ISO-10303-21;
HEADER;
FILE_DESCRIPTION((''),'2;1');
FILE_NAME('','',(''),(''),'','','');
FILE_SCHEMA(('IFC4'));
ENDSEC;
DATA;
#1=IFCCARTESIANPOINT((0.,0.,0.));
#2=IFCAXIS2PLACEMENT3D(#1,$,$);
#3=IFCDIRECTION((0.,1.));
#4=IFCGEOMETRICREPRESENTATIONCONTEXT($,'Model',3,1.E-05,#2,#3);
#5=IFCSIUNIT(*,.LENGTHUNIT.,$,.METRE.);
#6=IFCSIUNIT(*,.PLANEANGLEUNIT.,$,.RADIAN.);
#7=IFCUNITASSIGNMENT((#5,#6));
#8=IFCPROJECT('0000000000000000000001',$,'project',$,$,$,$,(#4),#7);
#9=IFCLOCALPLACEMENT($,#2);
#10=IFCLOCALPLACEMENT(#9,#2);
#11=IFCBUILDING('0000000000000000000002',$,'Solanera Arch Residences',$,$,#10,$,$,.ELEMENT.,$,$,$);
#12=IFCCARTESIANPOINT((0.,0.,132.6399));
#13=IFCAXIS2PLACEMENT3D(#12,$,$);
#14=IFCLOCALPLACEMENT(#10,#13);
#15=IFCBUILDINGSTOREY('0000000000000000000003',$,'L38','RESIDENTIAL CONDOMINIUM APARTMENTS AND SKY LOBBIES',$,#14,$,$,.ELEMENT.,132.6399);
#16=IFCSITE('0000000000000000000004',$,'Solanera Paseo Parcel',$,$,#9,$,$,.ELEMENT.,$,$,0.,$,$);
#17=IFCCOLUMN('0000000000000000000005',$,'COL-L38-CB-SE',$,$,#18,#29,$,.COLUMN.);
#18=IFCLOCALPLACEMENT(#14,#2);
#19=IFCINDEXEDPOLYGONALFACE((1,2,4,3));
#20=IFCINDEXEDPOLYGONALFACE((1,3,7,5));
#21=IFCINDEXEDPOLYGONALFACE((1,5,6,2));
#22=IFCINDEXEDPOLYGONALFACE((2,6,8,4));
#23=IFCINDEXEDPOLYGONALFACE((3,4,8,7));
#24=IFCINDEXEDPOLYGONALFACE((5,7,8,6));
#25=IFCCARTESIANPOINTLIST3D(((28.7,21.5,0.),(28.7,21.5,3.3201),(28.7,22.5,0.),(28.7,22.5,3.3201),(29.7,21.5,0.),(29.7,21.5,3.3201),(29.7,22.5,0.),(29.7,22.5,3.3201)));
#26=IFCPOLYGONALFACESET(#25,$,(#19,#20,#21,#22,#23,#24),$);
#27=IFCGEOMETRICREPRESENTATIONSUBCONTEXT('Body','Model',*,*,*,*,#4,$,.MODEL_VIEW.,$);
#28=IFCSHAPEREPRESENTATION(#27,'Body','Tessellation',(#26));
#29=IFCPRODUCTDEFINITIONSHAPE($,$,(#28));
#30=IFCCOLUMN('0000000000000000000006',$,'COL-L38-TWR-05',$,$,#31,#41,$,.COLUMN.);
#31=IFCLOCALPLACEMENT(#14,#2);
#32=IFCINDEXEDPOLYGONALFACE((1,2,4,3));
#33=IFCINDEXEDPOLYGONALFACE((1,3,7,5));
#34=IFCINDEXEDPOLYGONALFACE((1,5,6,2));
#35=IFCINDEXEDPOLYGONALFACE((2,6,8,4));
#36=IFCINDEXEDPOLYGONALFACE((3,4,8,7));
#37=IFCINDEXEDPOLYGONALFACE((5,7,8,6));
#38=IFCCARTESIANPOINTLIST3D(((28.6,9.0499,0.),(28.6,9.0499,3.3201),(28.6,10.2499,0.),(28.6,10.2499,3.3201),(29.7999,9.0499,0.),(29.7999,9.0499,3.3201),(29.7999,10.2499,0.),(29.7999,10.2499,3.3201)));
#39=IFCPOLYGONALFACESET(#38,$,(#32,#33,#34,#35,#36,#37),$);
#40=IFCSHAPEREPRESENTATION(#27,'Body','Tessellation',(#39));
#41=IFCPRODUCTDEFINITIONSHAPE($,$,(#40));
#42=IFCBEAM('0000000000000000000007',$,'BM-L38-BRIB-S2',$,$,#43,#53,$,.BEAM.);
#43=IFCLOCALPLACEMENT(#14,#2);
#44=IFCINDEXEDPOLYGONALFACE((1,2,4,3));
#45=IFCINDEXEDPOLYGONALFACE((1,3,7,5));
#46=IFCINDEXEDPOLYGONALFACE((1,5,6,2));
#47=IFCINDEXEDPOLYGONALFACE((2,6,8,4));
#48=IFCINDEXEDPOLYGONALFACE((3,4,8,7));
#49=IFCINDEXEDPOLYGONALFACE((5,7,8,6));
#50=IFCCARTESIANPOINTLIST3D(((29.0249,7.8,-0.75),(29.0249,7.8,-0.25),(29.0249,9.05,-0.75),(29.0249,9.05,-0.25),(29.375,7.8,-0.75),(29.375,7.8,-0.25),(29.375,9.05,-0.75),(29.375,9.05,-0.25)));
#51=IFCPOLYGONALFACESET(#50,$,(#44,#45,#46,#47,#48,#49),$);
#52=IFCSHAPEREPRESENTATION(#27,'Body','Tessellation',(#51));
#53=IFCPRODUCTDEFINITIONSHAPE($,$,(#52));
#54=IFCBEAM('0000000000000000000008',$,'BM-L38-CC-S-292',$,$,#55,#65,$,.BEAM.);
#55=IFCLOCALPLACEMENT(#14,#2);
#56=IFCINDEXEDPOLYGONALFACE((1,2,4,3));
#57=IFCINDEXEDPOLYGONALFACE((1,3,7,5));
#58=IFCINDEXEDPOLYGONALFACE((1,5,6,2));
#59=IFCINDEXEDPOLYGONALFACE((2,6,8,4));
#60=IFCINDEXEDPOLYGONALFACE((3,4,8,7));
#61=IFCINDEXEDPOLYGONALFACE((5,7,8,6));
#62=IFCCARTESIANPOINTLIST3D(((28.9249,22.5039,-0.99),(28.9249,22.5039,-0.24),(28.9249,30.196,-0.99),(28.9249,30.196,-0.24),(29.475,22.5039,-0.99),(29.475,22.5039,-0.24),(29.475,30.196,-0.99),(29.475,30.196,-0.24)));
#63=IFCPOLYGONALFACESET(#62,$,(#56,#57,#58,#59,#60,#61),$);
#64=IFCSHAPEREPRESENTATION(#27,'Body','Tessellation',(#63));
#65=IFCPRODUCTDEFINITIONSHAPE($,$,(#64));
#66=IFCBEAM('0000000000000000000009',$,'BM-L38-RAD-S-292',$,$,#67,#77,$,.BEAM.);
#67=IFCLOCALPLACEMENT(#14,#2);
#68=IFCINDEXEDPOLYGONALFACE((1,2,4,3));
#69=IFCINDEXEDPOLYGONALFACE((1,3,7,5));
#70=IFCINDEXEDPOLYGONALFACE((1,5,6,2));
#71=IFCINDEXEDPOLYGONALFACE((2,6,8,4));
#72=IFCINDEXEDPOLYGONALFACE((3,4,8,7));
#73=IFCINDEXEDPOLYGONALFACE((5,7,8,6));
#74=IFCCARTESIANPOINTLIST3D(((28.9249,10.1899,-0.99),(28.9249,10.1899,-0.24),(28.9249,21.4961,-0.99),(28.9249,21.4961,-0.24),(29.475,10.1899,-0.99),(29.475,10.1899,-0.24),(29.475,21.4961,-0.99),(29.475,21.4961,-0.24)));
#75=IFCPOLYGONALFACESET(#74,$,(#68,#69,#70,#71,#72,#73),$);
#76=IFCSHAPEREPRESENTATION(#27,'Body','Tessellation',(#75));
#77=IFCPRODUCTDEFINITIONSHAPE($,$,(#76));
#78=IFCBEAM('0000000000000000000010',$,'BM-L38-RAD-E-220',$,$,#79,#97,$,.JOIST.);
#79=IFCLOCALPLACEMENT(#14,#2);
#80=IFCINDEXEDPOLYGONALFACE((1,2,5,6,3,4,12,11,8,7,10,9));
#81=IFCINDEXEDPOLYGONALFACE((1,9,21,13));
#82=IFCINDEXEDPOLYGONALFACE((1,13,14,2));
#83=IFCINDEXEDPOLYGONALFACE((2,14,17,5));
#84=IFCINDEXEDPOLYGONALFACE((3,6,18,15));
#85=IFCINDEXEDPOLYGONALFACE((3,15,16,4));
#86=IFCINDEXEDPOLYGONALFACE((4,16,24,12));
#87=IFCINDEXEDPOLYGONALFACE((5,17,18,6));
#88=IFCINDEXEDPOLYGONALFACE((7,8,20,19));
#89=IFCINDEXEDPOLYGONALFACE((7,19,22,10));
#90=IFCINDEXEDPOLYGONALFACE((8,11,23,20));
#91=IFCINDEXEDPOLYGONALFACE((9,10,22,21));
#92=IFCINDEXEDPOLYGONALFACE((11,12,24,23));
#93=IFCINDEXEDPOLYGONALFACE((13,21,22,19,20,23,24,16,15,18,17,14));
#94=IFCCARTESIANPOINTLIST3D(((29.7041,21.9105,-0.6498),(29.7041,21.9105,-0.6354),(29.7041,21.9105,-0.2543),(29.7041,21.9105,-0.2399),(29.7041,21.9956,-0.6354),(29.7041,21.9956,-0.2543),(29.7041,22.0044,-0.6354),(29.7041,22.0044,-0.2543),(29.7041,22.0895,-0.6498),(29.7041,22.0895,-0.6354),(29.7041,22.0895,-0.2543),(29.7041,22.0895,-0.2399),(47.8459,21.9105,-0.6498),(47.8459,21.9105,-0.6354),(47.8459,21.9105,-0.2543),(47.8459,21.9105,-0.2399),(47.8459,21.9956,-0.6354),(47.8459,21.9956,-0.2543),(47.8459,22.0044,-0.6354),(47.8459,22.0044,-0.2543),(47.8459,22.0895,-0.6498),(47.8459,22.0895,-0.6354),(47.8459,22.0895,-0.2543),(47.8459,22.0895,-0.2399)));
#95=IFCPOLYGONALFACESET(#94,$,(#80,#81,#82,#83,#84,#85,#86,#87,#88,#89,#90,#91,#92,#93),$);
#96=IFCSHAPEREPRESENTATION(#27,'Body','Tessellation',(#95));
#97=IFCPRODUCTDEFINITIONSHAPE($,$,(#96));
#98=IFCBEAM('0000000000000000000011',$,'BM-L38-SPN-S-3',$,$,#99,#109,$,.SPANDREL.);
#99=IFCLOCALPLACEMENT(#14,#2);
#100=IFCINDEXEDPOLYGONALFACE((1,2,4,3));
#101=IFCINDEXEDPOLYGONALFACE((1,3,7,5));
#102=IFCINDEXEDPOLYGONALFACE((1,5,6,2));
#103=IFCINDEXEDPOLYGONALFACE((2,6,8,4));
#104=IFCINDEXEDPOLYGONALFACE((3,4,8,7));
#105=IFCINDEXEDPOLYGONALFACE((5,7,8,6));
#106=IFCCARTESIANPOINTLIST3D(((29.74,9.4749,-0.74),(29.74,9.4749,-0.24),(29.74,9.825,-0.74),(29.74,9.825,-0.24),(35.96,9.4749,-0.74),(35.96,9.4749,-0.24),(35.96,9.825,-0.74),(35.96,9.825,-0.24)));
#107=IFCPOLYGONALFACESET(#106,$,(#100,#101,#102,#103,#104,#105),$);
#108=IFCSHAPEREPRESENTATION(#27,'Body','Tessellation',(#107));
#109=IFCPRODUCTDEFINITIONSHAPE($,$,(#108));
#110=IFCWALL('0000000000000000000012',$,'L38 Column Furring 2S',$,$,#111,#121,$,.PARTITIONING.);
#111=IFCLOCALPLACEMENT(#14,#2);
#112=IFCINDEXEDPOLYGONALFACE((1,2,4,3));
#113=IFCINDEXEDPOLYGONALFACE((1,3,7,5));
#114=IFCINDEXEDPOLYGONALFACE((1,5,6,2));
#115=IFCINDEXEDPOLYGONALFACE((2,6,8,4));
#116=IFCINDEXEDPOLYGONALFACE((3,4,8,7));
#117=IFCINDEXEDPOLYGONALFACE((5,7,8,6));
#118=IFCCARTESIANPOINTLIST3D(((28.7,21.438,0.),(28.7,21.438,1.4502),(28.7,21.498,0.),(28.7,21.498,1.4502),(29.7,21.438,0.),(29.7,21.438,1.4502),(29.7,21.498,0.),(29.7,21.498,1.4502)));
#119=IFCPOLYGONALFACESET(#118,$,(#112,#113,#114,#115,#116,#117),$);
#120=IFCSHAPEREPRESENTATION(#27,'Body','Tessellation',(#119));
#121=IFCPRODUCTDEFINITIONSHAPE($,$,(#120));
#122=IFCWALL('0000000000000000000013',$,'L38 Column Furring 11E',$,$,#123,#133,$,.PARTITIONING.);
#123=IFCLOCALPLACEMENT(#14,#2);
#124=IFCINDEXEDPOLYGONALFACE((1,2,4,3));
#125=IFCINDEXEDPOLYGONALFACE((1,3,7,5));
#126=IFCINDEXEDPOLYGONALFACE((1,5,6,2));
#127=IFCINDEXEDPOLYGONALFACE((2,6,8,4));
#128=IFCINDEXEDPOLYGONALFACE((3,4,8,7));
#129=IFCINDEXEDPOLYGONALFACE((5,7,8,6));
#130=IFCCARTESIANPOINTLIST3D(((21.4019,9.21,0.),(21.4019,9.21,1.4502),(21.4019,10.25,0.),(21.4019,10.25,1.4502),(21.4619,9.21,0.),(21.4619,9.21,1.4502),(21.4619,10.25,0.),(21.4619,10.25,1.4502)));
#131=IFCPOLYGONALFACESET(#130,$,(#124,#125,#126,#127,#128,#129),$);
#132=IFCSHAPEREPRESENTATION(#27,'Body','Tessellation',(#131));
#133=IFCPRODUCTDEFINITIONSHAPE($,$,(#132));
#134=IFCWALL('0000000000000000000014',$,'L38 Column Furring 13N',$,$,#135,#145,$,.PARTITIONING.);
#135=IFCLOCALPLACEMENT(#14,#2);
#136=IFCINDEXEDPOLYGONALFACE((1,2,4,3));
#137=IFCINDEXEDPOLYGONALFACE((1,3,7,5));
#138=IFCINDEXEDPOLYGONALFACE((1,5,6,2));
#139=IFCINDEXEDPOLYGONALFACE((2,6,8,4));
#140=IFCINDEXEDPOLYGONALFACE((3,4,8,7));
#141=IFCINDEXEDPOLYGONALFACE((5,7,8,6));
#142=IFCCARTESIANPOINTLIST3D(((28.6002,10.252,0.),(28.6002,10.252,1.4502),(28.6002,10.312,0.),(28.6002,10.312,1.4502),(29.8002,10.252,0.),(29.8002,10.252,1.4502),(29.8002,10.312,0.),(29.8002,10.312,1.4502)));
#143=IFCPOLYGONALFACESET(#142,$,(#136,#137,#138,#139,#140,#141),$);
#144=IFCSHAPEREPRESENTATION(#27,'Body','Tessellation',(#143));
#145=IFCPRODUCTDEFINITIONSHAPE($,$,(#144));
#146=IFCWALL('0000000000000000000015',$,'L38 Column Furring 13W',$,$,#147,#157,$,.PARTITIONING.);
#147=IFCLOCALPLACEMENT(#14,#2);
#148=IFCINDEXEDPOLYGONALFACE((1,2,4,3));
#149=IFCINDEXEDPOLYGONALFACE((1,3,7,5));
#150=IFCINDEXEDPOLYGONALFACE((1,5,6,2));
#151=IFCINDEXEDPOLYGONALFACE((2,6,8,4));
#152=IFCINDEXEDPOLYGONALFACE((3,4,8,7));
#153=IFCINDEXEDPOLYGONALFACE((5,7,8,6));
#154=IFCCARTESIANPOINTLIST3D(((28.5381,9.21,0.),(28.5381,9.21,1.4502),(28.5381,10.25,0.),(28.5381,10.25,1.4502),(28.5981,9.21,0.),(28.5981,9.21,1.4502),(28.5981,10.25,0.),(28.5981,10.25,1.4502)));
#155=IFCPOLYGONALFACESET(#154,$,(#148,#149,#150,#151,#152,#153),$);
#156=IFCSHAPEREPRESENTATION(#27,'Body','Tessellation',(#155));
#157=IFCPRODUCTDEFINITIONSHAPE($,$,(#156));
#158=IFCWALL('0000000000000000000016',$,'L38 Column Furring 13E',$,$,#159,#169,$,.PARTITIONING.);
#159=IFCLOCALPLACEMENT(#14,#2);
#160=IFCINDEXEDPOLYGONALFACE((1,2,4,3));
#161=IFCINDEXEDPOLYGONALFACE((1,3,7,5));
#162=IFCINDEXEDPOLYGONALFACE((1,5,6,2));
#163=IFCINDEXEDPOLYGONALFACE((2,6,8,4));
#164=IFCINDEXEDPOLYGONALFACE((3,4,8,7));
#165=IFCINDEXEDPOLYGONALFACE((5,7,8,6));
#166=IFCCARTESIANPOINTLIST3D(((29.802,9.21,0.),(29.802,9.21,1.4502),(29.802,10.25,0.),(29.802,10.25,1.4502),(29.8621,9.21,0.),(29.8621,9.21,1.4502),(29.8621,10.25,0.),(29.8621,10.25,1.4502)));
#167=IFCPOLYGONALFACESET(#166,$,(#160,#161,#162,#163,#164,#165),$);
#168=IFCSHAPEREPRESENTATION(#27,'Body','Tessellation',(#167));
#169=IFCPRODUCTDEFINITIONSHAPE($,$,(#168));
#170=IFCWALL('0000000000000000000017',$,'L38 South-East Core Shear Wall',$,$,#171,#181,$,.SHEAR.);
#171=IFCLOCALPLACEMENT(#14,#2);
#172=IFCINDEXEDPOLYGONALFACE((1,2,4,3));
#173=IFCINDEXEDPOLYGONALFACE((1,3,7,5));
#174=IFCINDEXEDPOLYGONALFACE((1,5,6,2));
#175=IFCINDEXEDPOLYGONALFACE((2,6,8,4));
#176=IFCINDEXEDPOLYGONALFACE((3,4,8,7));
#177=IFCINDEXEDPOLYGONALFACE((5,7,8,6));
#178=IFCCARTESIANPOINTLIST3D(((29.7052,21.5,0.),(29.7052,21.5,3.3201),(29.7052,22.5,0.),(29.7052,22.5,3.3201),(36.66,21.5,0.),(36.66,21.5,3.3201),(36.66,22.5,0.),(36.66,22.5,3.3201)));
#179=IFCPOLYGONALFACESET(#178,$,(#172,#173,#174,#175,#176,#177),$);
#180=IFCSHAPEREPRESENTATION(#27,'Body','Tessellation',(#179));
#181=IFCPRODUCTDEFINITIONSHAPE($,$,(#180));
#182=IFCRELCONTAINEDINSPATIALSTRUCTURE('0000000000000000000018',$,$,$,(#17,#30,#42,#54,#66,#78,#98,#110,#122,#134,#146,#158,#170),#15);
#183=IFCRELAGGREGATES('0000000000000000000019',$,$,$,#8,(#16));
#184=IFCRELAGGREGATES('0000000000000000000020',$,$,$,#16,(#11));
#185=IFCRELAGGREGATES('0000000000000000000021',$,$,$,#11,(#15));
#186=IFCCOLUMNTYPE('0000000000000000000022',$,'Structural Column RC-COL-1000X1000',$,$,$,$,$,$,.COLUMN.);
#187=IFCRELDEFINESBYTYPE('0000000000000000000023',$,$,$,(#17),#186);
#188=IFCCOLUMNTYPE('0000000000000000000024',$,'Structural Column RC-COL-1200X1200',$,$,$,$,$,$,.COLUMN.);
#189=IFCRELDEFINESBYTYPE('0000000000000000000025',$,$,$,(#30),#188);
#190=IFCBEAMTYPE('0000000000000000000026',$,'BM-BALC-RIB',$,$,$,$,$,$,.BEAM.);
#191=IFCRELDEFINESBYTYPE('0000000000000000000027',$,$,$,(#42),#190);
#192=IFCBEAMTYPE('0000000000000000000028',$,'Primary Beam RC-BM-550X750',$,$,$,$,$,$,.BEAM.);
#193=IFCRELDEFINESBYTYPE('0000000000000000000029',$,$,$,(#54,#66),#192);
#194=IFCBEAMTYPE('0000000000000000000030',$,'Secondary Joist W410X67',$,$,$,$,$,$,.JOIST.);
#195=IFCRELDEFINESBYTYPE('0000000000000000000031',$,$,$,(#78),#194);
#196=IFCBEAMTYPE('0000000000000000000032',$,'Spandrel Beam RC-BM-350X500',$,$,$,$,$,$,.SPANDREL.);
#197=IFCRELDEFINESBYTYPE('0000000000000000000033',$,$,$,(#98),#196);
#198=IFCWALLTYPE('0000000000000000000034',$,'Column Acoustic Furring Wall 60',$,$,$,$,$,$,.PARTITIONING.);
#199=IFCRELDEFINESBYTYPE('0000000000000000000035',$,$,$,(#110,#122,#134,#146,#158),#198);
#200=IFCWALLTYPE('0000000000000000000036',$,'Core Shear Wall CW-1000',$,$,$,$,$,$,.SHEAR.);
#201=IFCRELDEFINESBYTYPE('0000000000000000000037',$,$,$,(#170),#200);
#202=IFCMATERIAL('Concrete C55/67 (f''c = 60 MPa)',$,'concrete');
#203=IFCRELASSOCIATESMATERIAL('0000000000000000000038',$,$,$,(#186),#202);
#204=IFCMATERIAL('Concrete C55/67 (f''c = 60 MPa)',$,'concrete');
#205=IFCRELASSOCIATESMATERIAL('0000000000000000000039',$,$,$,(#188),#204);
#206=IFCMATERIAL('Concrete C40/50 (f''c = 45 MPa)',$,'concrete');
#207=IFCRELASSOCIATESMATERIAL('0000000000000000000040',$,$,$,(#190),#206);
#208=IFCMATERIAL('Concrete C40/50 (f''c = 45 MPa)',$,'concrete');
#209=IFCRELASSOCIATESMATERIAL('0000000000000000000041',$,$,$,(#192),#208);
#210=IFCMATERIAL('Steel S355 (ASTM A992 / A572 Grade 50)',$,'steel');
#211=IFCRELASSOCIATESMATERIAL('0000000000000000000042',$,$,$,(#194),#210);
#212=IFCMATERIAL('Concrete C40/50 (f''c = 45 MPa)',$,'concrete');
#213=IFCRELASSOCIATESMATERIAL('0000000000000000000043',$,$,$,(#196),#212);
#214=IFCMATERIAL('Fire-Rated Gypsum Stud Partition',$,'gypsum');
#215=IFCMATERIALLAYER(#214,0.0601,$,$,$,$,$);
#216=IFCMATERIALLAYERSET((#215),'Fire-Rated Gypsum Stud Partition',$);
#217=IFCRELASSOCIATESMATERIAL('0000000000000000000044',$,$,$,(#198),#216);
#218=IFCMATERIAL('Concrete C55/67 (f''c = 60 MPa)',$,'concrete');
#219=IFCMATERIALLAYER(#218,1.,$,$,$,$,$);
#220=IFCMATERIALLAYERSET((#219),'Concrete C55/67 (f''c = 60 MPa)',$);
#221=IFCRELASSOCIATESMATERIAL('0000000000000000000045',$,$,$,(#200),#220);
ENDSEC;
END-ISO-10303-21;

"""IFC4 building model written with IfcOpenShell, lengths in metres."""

from ifc_helpers import new_model, si_unit, direction, frame, frame_2d, origin, origin_2d, place, context, subcontext, project, spatial, rectangle, i_section, extrude, material, layer, layer_set, material_profile, profile_set, type_object, element, save


model = new_model("IFC4")

# Units and contexts
model_context = context("Model", 3, precision=1e-05, world=origin(), true_north=direction((0.0, 1.0)))
body_context = subcontext(model_context, "Body", "Model", "MODEL_VIEW")
ifc_project = project(units=[si_unit("LENGTHUNIT", "METRE"), si_unit("PLANEANGLEUNIT", "RADIAN")], contexts=[model_context])

# Site, building, storey
site_placement = place(None, origin())
site = spatial("IfcSite", under=ifc_project, at=site_placement, Name="Solanera Paseo Parcel", CompositionType="ELEMENT", RefElevation=0.0)
building_placement = place(site_placement, origin())
building = spatial("IfcBuilding", under=site, at=building_placement, Name="Solanera Arch Residences", CompositionType="ELEMENT")
storey_placement = place(building_placement, frame((0.0, 0.0, 132.6399)))
storey = spatial("IfcBuildingStorey", under=building, at=storey_placement, Name="L38", Description="RESIDENTIAL CONDOMINIUM APARTMENTS AND SKY LOBBIES", CompositionType="ELEMENT", Elevation=132.6399)

# Columns
ifc_material_1 = material(Name="Concrete C55/67 (f'c = 60 MPa)", Category="concrete")
ifc_material_profile_1 = material_profile(ifc_material_1, rectangle(XDim=1.0, YDim=1.0, at=origin_2d()))
ifc_profile_set_1 = profile_set([ifc_material_profile_1], Name="Concrete C55/67 (f'c = 60 MPa)")
column_type_1 = type_object("IfcColumnType", Name="Structural Column RC-COL-1000X1000", PredefinedType="COLUMN", material=ifc_profile_set_1)
column_1_placement = place(storey_placement, frame((29.2, 22.0, 0.0), z_axis=(0.0, 0.0, 1.0), x_axis=(1.0, 0.0, 0.0)))
element("IfcColumn", 1, at=column_1_placement, inside=storey, type_object=column_type_1, Name="COL-L38-CB-SE", PredefinedType="COLUMN", context=body_context, shape_type="SweptSolid", body=[
    extrude(rectangle(XDim=1.0, YDim=1.0, at=origin_2d()), origin(), (0.0, 0.0, 1.0), 3.3201),
])
ifc_material_2 = material(Name="Concrete C55/67 (f'c = 60 MPa)", Category="concrete")
ifc_material_profile_2 = material_profile(ifc_material_2, rectangle(XDim=1.2, YDim=1.2, at=origin_2d()))
ifc_profile_set_2 = profile_set([ifc_material_profile_2], Name="Concrete C55/67 (f'c = 60 MPa)")
column_type_2 = type_object("IfcColumnType", Name="Structural Column RC-COL-1200X1200", PredefinedType="COLUMN", material=ifc_profile_set_2)
column_2_placement = place(storey_placement, frame((29.2, 9.6499, 0.0), z_axis=(0.0, 0.0, 1.0), x_axis=(1.0, 0.0, 0.0)))
element("IfcColumn", 2, at=column_2_placement, inside=storey, type_object=column_type_2, Name="COL-L38-TWR-05", PredefinedType="COLUMN", context=body_context, shape_type="SweptSolid", body=[
    extrude(rectangle(XDim=1.2, YDim=1.2, at=origin_2d()), origin(), (0.0, 0.0, 1.0), 3.3201),
])

# Beams
ifc_material_3 = material(Name="Concrete C40/50 (f'c = 45 MPa)", Category="concrete")
ifc_material_profile_3 = material_profile(ifc_material_3, rectangle(XDim=0.3501, YDim=0.5, at=origin_2d()))
ifc_profile_set_3 = profile_set([ifc_material_profile_3], Name="Concrete C40/50 (f'c = 45 MPa)")
beam_type_1 = type_object("IfcBeamType", Name="BM-BALC-RIB", PredefinedType="BEAM", material=ifc_profile_set_3)
beam_1_placement = place(storey_placement, frame((29.2, 7.8, -0.5), z_axis=(0.0, 1.0, 0.0), x_axis=(-1.0, 0.0, 0.0)))
element("IfcBeam", 3, at=beam_1_placement, inside=storey, type_object=beam_type_1, Name="BM-L38-BRIB-S2", PredefinedType="BEAM", context=body_context, shape_type="SweptSolid", body=[
    extrude(rectangle(XDim=0.3501, YDim=0.5, at=origin_2d()), origin(), (0.0, 0.0, 1.0), 1.25),
])
ifc_material_4 = material(Name="Concrete C40/50 (f'c = 45 MPa)", Category="concrete")
ifc_material_profile_4 = material_profile(ifc_material_4, rectangle(XDim=0.55, YDim=0.75, at=origin_2d()))
ifc_profile_set_4 = profile_set([ifc_material_profile_4], Name="Concrete C40/50 (f'c = 45 MPa)")
beam_type_2 = type_object("IfcBeamType", Name="Primary Beam RC-BM-550X750", PredefinedType="BEAM", material=ifc_profile_set_4)
beam_2_placement = place(storey_placement, frame((29.2, 22.5039, -0.615), z_axis=(0.0, 1.0, 0.0), x_axis=(-1.0, 0.0, 0.0)))
element("IfcBeam", 4, at=beam_2_placement, inside=storey, type_object=beam_type_2, Name="BM-L38-CC-S-292", PredefinedType="BEAM", context=body_context, shape_type="SweptSolid", body=[
    extrude(rectangle(XDim=0.55, YDim=0.75, at=origin_2d()), origin(), (0.0, 0.0, 1.0), 7.6921),
])
beam_3_placement = place(storey_placement, frame((29.2, 10.1899, -0.615), z_axis=(0.0, 1.0, 0.0), x_axis=(-1.0, 0.0, 0.0)))
element("IfcBeam", 5, at=beam_3_placement, inside=storey, type_object=beam_type_2, Name="BM-L38-RAD-S-292", PredefinedType="BEAM", context=body_context, shape_type="SweptSolid", body=[
    extrude(rectangle(XDim=0.55, YDim=0.75, at=origin_2d()), origin(), (0.0, 0.0, 1.0), 11.3062),
])
ifc_material_5 = material(Name="Steel S355 (ASTM A992 / A572 Grade 50)", Category="steel")
ifc_material_profile_5 = material_profile(ifc_material_5, i_section(OverallWidth=0.179, OverallDepth=0.4099, WebThickness=0.0088, FlangeThickness=0.0144, at=origin_2d()))
ifc_profile_set_5 = profile_set([ifc_material_profile_5], Name="Steel S355 (ASTM A992 / A572 Grade 50)")
beam_type_3 = type_object("IfcBeamType", Name="Secondary Joist W410X67", PredefinedType="JOIST", material=ifc_profile_set_5)
beam_4_placement = place(storey_placement, frame((29.7041, 22.0, -0.4448), z_axis=(1.0, 0.0, 0.0), x_axis=(0.0, 1.0, 0.0)))
element("IfcBeam", 6, at=beam_4_placement, inside=storey, type_object=beam_type_3, Name="BM-L38-RAD-E-220", PredefinedType="JOIST", context=body_context, shape_type="SweptSolid", body=[
    extrude(i_section(OverallWidth=0.179, OverallDepth=0.4099, WebThickness=0.0088, FlangeThickness=0.0144, at=origin_2d()), origin(), (0.0, 0.0, 1.0), 18.1418),
])
ifc_material_6 = material(Name="Concrete C40/50 (f'c = 45 MPa)", Category="concrete")
ifc_material_profile_6 = material_profile(ifc_material_6, rectangle(XDim=0.3501, YDim=0.5, at=origin_2d()))
ifc_profile_set_6 = profile_set([ifc_material_profile_6], Name="Concrete C40/50 (f'c = 45 MPa)")
beam_type_4 = type_object("IfcBeamType", Name="Spandrel Beam RC-BM-350X500", PredefinedType="SPANDREL", material=ifc_profile_set_6)
beam_5_placement = place(storey_placement, frame((29.74, 9.6499, -0.49), z_axis=(1.0, 0.0, 0.0), x_axis=(0.0, 1.0, 0.0)))
element("IfcBeam", 7, at=beam_5_placement, inside=storey, type_object=beam_type_4, Name="BM-L38-SPN-S-3", PredefinedType="SPANDREL", context=body_context, shape_type="SweptSolid", body=[
    extrude(rectangle(XDim=0.3501, YDim=0.5, at=origin_2d()), origin(), (0.0, 0.0, 1.0), 6.22),
])

# Walls
ifc_material_7 = material(Name="Fire-Rated Gypsum Stud Partition", Category="gypsum")
ifc_layer_1 = layer(ifc_material_7, 0.0601)
ifc_layer_set_1 = layer_set([ifc_layer_1], Name="Fire-Rated Gypsum Stud Partition")
wall_type_1 = type_object("IfcWallType", Name="Column Acoustic Furring Wall 60", PredefinedType="PARTITIONING", material=ifc_layer_set_1)
wall_1_placement = place(storey_placement, frame((28.7, 21.468, 0.0), z_axis=(0.0, 0.0, 1.0), x_axis=(1.0, 0.0, 0.0)))
element("IfcWall", 8, at=wall_1_placement, inside=storey, type_object=wall_type_1, Name="L38 Column Furring 2S", PredefinedType="PARTITIONING", context=body_context, shape_type="SweptSolid", body=[
    extrude(rectangle(XDim=1.0, YDim=0.0601, at=frame_2d((0.5, 0.0))), origin(), (0.0, 0.0, 1.0), 1.4502),
])
wall_2_placement = place(storey_placement, frame((21.4319, 9.21, 0.0), z_axis=(0.0, 0.0, 1.0), x_axis=(0.0, 1.0, 0.0)))
element("IfcWall", 9, at=wall_2_placement, inside=storey, type_object=wall_type_1, Name="L38 Column Furring 11E", PredefinedType="PARTITIONING", context=body_context, shape_type="SweptSolid", body=[
    extrude(rectangle(XDim=1.04, YDim=0.0601, at=frame_2d((0.52, 0.0))), origin(), (0.0, 0.0, 1.0), 1.4502),
])
wall_3_placement = place(storey_placement, frame((28.6001, 10.282, 0.0), z_axis=(0.0, 0.0, 1.0), x_axis=(1.0, 0.0, 0.0)))
element("IfcWall", 10, at=wall_3_placement, inside=storey, type_object=wall_type_1, Name="L38 Column Furring 13N", PredefinedType="PARTITIONING", context=body_context, shape_type="SweptSolid", body=[
    extrude(rectangle(XDim=1.2, YDim=0.0601, at=frame_2d((0.6001, 0.0))), origin(), (0.0, 0.0, 1.0), 1.4502),
])
for number, where, z_axis, x_axis, name in (
    (11, (28.5681, 9.21, 0.0), (0.0, 0.0, 1.0), (0.0, 1.0, 0.0), "L38 Column Furring 13W"),
    (12, (29.832, 9.21, 0.0), (0.0, 0.0, 1.0), (0.0, 1.0, 0.0), "L38 Column Furring 13E"),
):
    element("IfcWall", number, at=place(storey_placement, frame(where, z_axis=z_axis, x_axis=x_axis)), inside=storey, type_object=wall_type_1, Name=name, PredefinedType="PARTITIONING", context=body_context, shape_type="SweptSolid", body=[
        extrude(rectangle(XDim=1.04, YDim=0.0601, at=frame_2d((0.52, 0.0))), origin(), (0.0, 0.0, 1.0), 1.4502),
    ])
ifc_material_8 = material(Name="Concrete C55/67 (f'c = 60 MPa)", Category="concrete")
ifc_layer_2 = layer(ifc_material_8, 1.0)
ifc_layer_set_2 = layer_set([ifc_layer_2], Name="Concrete C55/67 (f'c = 60 MPa)")
wall_type_2 = type_object("IfcWallType", Name="Core Shear Wall CW-1000", PredefinedType="SHEAR", material=ifc_layer_set_2)
wall_4_placement = place(storey_placement, frame((29.7051, 22.0, 0.0), z_axis=(0.0, 0.0, 1.0), x_axis=(1.0, 0.0, 0.0)))
element("IfcWall", 13, at=wall_4_placement, inside=storey, type_object=wall_type_2, Name="L38 South-East Core Shear Wall", PredefinedType="SHEAR", context=body_context, shape_type="SweptSolid", body=[
    extrude(rectangle(XDim=6.9548, YDim=1.0, at=frame_2d((3.4775, 0.0))), origin(), (0.0, 0.0, 1.0), 3.3201),
])

save(model, "model.ifc")
